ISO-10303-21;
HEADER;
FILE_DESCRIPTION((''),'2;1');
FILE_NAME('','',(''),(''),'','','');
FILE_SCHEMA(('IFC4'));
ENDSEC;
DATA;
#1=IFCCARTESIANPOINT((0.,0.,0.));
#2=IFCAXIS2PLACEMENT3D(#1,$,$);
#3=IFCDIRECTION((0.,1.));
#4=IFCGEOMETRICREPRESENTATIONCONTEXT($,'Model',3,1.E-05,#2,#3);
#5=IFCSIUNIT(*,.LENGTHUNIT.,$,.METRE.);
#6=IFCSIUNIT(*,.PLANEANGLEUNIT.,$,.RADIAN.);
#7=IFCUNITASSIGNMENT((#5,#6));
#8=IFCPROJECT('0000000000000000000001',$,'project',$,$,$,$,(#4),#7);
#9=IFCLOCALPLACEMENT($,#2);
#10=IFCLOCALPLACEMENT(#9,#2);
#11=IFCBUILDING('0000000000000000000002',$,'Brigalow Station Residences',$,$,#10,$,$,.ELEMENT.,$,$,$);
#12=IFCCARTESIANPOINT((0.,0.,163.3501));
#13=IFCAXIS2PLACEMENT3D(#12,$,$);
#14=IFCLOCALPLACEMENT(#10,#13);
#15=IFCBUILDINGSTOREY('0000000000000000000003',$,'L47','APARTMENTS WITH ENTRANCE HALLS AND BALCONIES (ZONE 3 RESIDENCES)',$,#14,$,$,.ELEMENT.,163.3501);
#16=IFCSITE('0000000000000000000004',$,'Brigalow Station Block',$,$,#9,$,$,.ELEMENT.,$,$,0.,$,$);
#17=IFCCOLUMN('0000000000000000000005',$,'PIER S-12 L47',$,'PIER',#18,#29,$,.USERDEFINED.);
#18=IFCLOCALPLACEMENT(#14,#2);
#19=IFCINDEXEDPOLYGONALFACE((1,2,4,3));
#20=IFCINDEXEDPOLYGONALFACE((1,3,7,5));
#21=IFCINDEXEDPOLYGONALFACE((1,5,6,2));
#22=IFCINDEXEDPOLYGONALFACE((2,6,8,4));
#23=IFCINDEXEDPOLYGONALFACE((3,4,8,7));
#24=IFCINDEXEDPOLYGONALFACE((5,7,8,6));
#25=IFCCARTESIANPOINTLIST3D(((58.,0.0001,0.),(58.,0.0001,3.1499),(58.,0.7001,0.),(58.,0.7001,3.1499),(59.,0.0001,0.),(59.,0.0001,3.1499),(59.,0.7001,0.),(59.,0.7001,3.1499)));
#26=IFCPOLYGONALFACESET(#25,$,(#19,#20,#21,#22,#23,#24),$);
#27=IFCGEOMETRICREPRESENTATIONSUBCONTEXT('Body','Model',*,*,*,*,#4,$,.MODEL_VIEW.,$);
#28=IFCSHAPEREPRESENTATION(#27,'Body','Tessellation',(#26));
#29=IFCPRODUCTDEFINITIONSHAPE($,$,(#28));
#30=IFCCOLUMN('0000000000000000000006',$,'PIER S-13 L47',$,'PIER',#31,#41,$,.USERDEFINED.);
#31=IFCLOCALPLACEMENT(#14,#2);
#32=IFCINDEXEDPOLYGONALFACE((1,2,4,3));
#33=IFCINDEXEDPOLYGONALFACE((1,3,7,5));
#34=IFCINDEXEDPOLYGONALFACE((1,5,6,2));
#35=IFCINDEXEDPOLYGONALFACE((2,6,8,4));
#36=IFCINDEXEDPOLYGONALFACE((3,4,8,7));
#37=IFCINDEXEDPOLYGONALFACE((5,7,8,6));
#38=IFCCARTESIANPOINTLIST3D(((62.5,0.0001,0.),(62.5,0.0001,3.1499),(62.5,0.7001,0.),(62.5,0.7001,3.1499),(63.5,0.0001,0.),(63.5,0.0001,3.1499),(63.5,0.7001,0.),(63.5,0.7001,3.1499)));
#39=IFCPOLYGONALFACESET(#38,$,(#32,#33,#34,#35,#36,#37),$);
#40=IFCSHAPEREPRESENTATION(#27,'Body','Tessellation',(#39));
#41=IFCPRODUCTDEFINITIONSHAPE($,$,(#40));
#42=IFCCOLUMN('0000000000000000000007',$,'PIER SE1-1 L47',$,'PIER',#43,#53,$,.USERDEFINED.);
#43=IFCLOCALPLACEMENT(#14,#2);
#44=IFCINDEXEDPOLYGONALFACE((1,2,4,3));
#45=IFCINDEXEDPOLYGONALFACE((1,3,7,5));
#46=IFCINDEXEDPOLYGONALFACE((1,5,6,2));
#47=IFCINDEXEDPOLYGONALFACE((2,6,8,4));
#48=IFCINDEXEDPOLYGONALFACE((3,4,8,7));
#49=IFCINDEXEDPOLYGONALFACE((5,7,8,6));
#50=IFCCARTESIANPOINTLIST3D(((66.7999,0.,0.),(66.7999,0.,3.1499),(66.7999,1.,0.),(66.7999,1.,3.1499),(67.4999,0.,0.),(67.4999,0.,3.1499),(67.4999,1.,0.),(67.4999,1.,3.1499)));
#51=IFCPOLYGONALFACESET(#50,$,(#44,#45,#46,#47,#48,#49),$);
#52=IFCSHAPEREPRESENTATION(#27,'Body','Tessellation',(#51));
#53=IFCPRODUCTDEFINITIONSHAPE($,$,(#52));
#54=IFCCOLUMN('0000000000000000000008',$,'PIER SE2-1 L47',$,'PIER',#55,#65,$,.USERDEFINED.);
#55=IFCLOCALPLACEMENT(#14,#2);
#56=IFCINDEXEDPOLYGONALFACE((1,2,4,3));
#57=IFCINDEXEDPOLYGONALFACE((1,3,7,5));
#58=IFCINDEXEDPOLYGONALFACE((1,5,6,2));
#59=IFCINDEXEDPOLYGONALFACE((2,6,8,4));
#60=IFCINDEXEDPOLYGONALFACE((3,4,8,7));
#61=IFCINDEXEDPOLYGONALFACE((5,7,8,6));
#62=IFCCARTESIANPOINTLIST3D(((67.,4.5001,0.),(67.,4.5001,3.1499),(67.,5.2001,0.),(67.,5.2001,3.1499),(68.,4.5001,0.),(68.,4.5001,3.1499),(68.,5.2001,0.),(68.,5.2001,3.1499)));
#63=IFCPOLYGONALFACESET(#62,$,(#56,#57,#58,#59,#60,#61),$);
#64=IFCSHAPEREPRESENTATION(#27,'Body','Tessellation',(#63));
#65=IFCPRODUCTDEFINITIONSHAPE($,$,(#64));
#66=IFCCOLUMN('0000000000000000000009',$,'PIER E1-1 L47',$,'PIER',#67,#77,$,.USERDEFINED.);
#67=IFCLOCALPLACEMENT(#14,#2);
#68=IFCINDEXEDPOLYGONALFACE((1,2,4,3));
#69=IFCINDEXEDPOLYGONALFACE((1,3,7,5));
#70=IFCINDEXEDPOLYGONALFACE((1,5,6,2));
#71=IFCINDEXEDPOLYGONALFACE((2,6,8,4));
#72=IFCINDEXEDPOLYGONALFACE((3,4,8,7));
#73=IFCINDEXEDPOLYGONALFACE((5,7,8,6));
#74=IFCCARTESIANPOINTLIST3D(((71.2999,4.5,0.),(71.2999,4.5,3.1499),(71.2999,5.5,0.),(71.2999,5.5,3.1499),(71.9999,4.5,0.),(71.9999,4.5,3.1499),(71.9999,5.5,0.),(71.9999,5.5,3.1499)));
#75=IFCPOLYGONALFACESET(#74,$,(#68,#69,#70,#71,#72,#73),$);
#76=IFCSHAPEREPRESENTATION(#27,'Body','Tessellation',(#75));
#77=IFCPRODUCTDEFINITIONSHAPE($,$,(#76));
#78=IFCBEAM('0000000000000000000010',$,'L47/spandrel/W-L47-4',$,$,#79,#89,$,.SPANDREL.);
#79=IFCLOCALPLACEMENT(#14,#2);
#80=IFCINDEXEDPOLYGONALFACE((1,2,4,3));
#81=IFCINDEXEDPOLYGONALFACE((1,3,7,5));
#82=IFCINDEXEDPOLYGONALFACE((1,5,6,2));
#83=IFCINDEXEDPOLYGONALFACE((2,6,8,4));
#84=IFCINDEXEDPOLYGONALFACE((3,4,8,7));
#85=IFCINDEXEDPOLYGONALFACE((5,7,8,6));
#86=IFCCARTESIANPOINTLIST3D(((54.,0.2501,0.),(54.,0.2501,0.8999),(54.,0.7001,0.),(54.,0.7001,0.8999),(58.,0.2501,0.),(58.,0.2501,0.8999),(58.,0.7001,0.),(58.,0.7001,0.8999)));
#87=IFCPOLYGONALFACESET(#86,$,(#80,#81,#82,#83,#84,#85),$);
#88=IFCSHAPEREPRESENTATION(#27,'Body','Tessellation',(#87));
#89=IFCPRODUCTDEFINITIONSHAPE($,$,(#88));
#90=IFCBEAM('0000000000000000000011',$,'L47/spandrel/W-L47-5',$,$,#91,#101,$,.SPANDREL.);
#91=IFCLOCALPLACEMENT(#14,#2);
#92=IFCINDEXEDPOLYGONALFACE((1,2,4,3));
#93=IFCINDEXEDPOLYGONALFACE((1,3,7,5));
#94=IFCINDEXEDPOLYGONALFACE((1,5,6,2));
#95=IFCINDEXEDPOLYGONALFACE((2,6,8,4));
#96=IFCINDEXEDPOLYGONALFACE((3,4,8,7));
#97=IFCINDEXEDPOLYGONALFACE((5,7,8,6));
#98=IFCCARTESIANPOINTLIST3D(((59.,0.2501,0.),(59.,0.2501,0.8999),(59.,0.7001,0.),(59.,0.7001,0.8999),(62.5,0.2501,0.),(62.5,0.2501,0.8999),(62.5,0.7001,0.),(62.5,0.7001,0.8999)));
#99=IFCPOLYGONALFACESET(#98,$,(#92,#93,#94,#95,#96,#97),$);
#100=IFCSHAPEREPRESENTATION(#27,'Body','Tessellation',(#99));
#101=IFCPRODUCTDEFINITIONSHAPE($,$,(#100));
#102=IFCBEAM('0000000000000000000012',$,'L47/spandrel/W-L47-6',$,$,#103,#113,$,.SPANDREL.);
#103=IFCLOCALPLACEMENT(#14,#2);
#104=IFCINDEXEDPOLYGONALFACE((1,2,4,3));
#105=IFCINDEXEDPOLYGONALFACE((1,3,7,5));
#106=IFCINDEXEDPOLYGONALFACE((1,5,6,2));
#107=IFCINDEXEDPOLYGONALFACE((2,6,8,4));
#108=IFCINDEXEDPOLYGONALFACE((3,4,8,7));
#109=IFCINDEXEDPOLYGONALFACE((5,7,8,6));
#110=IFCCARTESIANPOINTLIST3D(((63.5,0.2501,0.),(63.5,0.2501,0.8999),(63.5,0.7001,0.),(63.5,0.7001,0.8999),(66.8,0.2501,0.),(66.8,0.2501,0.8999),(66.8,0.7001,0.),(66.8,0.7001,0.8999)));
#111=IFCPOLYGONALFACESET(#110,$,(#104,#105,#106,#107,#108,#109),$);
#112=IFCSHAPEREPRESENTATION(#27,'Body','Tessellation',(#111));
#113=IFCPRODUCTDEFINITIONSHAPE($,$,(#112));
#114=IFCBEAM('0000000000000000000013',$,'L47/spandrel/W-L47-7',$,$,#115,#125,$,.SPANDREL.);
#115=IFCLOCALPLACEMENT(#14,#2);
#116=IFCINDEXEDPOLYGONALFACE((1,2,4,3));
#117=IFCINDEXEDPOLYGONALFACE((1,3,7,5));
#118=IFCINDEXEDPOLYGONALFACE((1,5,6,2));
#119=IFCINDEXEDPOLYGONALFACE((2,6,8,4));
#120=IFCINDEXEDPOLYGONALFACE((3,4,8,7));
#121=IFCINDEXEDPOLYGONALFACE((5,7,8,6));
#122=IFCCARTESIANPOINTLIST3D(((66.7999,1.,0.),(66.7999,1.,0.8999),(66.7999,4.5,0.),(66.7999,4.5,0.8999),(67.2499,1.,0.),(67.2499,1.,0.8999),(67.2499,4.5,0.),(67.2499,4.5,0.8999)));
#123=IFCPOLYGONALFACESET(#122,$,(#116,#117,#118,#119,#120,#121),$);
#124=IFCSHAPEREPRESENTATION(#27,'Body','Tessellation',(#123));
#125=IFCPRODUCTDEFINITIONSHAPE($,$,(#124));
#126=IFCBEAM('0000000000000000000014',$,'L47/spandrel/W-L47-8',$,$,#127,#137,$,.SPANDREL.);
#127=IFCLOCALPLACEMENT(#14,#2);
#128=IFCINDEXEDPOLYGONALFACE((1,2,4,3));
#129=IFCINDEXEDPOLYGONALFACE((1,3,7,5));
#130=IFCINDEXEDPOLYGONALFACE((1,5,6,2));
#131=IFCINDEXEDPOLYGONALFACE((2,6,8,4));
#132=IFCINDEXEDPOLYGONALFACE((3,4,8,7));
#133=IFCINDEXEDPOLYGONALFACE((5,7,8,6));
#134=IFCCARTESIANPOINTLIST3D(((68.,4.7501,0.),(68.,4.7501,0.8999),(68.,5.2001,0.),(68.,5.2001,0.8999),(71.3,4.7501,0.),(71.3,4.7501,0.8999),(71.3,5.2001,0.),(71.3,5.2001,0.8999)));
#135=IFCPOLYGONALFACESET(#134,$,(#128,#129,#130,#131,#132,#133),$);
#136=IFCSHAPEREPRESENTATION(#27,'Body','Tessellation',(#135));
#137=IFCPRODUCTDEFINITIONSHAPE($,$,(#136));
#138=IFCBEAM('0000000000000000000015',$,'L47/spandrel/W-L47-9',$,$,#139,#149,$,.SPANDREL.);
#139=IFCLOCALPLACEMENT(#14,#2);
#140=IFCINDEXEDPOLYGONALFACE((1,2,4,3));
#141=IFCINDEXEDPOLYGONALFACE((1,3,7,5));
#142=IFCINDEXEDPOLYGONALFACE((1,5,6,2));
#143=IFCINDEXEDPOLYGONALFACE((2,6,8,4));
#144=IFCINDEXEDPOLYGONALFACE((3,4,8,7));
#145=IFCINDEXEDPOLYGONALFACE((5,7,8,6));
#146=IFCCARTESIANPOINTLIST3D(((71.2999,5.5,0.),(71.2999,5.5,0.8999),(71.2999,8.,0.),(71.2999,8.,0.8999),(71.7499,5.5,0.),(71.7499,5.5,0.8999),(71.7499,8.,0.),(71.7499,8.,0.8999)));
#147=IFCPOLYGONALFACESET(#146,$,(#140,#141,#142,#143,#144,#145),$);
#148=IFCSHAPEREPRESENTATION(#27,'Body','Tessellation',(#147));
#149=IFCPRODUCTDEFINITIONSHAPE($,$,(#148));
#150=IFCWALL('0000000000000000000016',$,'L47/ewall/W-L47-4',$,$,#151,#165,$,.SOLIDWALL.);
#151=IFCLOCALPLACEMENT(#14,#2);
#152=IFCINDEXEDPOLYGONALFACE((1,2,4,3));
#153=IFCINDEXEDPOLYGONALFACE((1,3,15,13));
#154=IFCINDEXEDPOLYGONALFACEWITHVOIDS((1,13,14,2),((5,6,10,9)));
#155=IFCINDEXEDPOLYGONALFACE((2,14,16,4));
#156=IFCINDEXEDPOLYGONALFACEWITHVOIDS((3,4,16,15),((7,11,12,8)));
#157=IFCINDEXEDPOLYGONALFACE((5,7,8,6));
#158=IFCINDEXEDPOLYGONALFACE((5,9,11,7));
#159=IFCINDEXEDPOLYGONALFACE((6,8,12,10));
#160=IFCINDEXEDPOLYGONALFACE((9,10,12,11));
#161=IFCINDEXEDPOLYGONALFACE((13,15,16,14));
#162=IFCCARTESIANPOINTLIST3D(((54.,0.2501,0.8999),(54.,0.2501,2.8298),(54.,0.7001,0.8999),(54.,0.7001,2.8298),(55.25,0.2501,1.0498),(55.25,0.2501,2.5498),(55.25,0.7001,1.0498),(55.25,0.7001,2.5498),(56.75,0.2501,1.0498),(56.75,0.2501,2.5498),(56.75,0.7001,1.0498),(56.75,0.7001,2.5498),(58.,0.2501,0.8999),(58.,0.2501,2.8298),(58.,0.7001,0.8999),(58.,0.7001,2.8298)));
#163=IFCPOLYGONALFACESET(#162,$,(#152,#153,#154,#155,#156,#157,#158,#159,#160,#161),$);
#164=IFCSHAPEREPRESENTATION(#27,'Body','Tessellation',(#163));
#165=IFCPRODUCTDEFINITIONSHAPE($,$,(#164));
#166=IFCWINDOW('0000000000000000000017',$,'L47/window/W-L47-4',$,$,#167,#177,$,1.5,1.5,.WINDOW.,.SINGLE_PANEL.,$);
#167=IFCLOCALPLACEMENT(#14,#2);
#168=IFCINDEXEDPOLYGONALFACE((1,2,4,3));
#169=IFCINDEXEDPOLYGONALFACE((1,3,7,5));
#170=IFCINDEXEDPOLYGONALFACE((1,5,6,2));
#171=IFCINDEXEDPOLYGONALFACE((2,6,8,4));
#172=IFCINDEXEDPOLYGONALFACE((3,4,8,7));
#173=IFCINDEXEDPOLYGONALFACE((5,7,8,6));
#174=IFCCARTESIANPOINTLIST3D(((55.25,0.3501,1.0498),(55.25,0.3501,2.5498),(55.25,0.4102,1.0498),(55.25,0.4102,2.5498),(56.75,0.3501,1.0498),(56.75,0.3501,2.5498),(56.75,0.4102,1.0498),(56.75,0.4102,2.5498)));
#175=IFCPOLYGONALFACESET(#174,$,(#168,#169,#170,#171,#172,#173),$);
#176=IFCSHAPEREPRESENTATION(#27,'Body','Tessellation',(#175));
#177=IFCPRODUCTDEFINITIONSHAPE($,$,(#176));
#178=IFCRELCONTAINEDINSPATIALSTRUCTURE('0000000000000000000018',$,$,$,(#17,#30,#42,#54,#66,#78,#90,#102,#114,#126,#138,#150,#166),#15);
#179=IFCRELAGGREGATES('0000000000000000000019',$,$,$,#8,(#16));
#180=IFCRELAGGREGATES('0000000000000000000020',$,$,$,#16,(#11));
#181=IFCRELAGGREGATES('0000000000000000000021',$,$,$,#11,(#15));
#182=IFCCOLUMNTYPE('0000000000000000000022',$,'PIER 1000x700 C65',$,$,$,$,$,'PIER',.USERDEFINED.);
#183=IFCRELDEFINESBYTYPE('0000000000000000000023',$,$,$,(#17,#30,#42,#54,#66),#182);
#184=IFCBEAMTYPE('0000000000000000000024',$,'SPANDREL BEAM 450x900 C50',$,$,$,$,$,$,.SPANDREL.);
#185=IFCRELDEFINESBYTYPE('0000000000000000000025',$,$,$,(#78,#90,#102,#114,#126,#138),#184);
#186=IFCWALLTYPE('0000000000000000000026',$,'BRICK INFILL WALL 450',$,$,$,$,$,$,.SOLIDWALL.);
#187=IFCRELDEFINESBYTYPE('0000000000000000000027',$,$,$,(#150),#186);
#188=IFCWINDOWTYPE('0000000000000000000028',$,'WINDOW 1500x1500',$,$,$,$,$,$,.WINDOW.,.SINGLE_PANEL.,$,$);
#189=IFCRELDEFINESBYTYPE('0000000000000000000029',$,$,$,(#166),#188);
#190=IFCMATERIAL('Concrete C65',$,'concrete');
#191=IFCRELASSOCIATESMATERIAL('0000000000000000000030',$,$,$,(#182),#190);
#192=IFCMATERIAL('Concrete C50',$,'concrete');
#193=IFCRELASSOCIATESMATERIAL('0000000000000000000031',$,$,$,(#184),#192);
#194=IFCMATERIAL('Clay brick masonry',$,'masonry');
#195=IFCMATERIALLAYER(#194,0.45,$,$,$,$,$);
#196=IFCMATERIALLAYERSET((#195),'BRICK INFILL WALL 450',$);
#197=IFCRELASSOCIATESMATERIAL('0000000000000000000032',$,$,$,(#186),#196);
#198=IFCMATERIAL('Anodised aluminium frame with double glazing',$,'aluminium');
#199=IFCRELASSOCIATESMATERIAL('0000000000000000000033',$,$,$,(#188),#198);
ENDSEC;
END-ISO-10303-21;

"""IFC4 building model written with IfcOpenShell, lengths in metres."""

from ifc_helpers import new_model, si_unit, direction, frame, frame_2d, origin, origin_2d, place, context, subcontext, project, spatial, rectangle, extrude, material, layer, layer_set, material_profile, profile_set, type_object, element, fill, save


model = new_model("IFC4")

# Units and contexts
model_context = context("Model", 3, precision=1e-05, world=origin(), true_north=direction((0.0, 1.0)))
body_context = subcontext(model_context, "Body", "Model", "MODEL_VIEW")
ifc_project = project(units=[si_unit("LENGTHUNIT", "METRE"), si_unit("PLANEANGLEUNIT", "RADIAN")], contexts=[model_context])

# Site, building, storey
site_placement = place(None, origin())
site = spatial("IfcSite", under=ifc_project, at=site_placement, Name="Brigalow Station Block", CompositionType="ELEMENT", RefElevation=0.0)
building_placement = place(site_placement, origin())
building = spatial("IfcBuilding", under=site, at=building_placement, Name="Brigalow Station Residences", CompositionType="ELEMENT")
storey_placement = place(building_placement, frame((0.0, 0.0, 163.3501)))
storey = spatial("IfcBuildingStorey", under=building, at=storey_placement, Name="L47", Description="APARTMENTS WITH ENTRANCE HALLS AND BALCONIES (ZONE 3 RESIDENCES)", CompositionType="ELEMENT", Elevation=163.3501)

# Columns
ifc_material_1 = material(Name="Concrete C65", Category="concrete")
ifc_material_profile_1 = material_profile(ifc_material_1, rectangle(XDim=1.0, YDim=0.7, at=origin_2d()), Name="RC1000x700")
ifc_profile_set_1 = profile_set([ifc_material_profile_1], Name="Concrete C65")
column_type = type_object("IfcColumnType", Name="PIER 1000x700 C65", ElementType="PIER", PredefinedType="USERDEFINED", material=ifc_profile_set_1)
for number, where, z_axis, x_axis, name in (
    (1, (58.5, 0.3501, 0.0), (0.0, 0.0, 1.0), (1.0, 0.0, 0.0), "PIER S-12 L47"),
    (2, (63.0, 0.3501, 0.0), (0.0, 0.0, 1.0), (1.0, 0.0, 0.0), "PIER S-13 L47"),
    (3, (67.1499, 0.5, 0.0), (0.0, 0.0, 1.0), (0.0, 1.0, 0.0), "PIER SE1-1 L47"),
    (4, (67.5, 4.8501, 0.0), (0.0, 0.0, 1.0), (1.0, 0.0, 0.0), "PIER SE2-1 L47"),
    (5, (71.6499, 5.0, 0.0), (0.0, 0.0, 1.0), (0.0, 1.0, 0.0), "PIER E1-1 L47"),
):
    element("IfcColumn", number, at=place(storey_placement, frame(where, z_axis=z_axis, x_axis=x_axis)), inside=storey, type_object=column_type, Name=name, ObjectType="PIER", PredefinedType="USERDEFINED", context=body_context, shape_type="SweptSolid", body=[
        extrude(rectangle(XDim=1.0, YDim=0.7, at=origin_2d()), origin(), (0.0, 0.0, 1.0), 3.1499),
    ])

# Beams
ifc_material_2 = material(Name="Concrete C50", Category="concrete")
ifc_material_profile_2 = material_profile(ifc_material_2, rectangle(XDim=0.45, YDim=0.8999, at=origin_2d()), Name="RC450x900")
ifc_profile_set_2 = profile_set([ifc_material_profile_2], Name="Concrete C50")
beam_type = type_object("IfcBeamType", Name="SPANDREL BEAM 450x900 C50", PredefinedType="SPANDREL", material=ifc_profile_set_2)
beam_1_placement = place(storey_placement, frame((54.0, 0.4751, 0.45), z_axis=(1.0, 0.0, 0.0), x_axis=(0.0, 1.0, 0.0)))
element("IfcBeam", 6, at=beam_1_placement, inside=storey, type_object=beam_type, Name="L47/spandrel/W-L47-4", PredefinedType="SPANDREL", context=body_context, shape_type="SweptSolid", body=[
    extrude(rectangle(XDim=0.45, YDim=0.8999, at=origin_2d()), origin(), (0.0, 0.0, 1.0), 4.0),
])
beam_2_placement = place(storey_placement, frame((59.0, 0.4751, 0.45), z_axis=(1.0, 0.0, 0.0), x_axis=(0.0, 1.0, 0.0)))
element("IfcBeam", 7, at=beam_2_placement, inside=storey, type_object=beam_type, Name="L47/spandrel/W-L47-5", PredefinedType="SPANDREL", context=body_context, shape_type="SweptSolid", body=[
    extrude(rectangle(XDim=0.45, YDim=0.8999, at=origin_2d()), origin(), (0.0, 0.0, 1.0), 3.5),
])
beam_3_placement = place(storey_placement, frame((63.5, 0.4751, 0.45), z_axis=(1.0, 0.0, 0.0), x_axis=(0.0, 1.0, 0.0)))
element("IfcBeam", 8, at=beam_3_placement, inside=storey, type_object=beam_type, Name="L47/spandrel/W-L47-6", PredefinedType="SPANDREL", context=body_context, shape_type="SweptSolid", body=[
    extrude(rectangle(XDim=0.45, YDim=0.8999, at=origin_2d()), origin(), (0.0, 0.0, 1.0), 3.3),
])
beam_4_placement = place(storey_placement, frame((67.0249, 1.0, 0.45), z_axis=(0.0, 1.0, 0.0), x_axis=(-1.0, 0.0, 0.0)))
element("IfcBeam", 9, at=beam_4_placement, inside=storey, type_object=beam_type, Name="L47/spandrel/W-L47-7", PredefinedType="SPANDREL", context=body_context, shape_type="SweptSolid", body=[
    extrude(rectangle(XDim=0.45, YDim=0.8999, at=origin_2d()), origin(), (0.0, 0.0, 1.0), 3.5),
])
beam_5_placement = place(storey_placement, frame((68.0, 4.9751, 0.45), z_axis=(1.0, 0.0, 0.0), x_axis=(0.0, 1.0, 0.0)))
element("IfcBeam", 10, at=beam_5_placement, inside=storey, type_object=beam_type, Name="L47/spandrel/W-L47-8", PredefinedType="SPANDREL", context=body_context, shape_type="SweptSolid", body=[
    extrude(rectangle(XDim=0.45, YDim=0.8999, at=origin_2d()), origin(), (0.0, 0.0, 1.0), 3.3),
])
beam_6_placement = place(storey_placement, frame((71.5249, 5.5, 0.45), z_axis=(0.0, 1.0, 0.0), x_axis=(-1.0, 0.0, 0.0)))
element("IfcBeam", 11, at=beam_6_placement, inside=storey, type_object=beam_type, Name="L47/spandrel/W-L47-9", PredefinedType="SPANDREL", context=body_context, shape_type="SweptSolid", body=[
    extrude(rectangle(XDim=0.45, YDim=0.8999, at=origin_2d()), origin(), (0.0, 0.0, 1.0), 2.5),
])

# Wall, opening, window
ifc_material_3 = material(Name="Clay brick masonry", Category="masonry")
ifc_layer_1 = layer(ifc_material_3, 0.45)
ifc_layer_set_1 = layer_set([ifc_layer_1], Name="BRICK INFILL WALL 450")
wall_type_1 = type_object("IfcWallType", Name="BRICK INFILL WALL 450", PredefinedType="SOLIDWALL", material=ifc_layer_set_1)
wall_1_placement = place(storey_placement, frame((54.0, 0.4751, 0.8999), z_axis=(0.0, 0.0, 1.0), x_axis=(1.0, 0.0, 0.0)))
wall_1 = element("IfcWall", 12, at=wall_1_placement, inside=storey, type_object=wall_type_1, Name="L47/ewall/W-L47-4", PredefinedType="SOLIDWALL", context=body_context, shape_type="SweptSolid", body=[
    extrude(rectangle(XDim=4.0, YDim=0.45, at=frame_2d((2.0, 0.0))), origin(), (0.0, 0.0, 1.0), 1.9299),
])
opening_1_placement = place(wall_1_placement, frame((1.25, 0.0, 0.1499)))
opening_1 = element("IfcOpeningElement", 13, at=opening_1_placement, cuts=wall_1, PredefinedType="OPENING", context=body_context, shape_type="SweptSolid", body=[
    extrude(rectangle(XDim=1.5, YDim=1.5, at=frame_2d((0.75, 0.75))), frame((0.0, 0.2349, 0.0), z_axis=(0.0, -1.0, 0.0), x_axis=(1.0, 0.0, 0.0)), (0.0, 0.0, 1.0), 0.47),
])
ifc_material_4 = material(Name="Anodised aluminium frame with double glazing", Category="aluminium")
window_type_1 = type_object("IfcWindowType", Name="WINDOW 1500x1500", PartitioningType="SINGLE_PANEL", PredefinedType="WINDOW", material=ifc_material_4)
window_1_placement = place(opening_1_placement, origin())
window_1 = element("IfcWindow", 14, at=window_1_placement, inside=storey, type_object=window_type_1, Name="L47/window/W-L47-4", OverallHeight=1.5, OverallWidth=1.5, PartitioningType="SINGLE_PANEL", PredefinedType="WINDOW", context=body_context, shape_type="SweptSolid", body=[
    extrude(rectangle(XDim=1.5, YDim=1.5, at=frame_2d((0.75, 0.75))), frame((0.0, -0.0649, 0.0), z_axis=(0.0, -1.0, 0.0), x_axis=(1.0, 0.0, 0.0)), (0.0, 0.0, 1.0), 0.0601),
])
fill(opening_1, window_1)

save(model, "model.ifc")
